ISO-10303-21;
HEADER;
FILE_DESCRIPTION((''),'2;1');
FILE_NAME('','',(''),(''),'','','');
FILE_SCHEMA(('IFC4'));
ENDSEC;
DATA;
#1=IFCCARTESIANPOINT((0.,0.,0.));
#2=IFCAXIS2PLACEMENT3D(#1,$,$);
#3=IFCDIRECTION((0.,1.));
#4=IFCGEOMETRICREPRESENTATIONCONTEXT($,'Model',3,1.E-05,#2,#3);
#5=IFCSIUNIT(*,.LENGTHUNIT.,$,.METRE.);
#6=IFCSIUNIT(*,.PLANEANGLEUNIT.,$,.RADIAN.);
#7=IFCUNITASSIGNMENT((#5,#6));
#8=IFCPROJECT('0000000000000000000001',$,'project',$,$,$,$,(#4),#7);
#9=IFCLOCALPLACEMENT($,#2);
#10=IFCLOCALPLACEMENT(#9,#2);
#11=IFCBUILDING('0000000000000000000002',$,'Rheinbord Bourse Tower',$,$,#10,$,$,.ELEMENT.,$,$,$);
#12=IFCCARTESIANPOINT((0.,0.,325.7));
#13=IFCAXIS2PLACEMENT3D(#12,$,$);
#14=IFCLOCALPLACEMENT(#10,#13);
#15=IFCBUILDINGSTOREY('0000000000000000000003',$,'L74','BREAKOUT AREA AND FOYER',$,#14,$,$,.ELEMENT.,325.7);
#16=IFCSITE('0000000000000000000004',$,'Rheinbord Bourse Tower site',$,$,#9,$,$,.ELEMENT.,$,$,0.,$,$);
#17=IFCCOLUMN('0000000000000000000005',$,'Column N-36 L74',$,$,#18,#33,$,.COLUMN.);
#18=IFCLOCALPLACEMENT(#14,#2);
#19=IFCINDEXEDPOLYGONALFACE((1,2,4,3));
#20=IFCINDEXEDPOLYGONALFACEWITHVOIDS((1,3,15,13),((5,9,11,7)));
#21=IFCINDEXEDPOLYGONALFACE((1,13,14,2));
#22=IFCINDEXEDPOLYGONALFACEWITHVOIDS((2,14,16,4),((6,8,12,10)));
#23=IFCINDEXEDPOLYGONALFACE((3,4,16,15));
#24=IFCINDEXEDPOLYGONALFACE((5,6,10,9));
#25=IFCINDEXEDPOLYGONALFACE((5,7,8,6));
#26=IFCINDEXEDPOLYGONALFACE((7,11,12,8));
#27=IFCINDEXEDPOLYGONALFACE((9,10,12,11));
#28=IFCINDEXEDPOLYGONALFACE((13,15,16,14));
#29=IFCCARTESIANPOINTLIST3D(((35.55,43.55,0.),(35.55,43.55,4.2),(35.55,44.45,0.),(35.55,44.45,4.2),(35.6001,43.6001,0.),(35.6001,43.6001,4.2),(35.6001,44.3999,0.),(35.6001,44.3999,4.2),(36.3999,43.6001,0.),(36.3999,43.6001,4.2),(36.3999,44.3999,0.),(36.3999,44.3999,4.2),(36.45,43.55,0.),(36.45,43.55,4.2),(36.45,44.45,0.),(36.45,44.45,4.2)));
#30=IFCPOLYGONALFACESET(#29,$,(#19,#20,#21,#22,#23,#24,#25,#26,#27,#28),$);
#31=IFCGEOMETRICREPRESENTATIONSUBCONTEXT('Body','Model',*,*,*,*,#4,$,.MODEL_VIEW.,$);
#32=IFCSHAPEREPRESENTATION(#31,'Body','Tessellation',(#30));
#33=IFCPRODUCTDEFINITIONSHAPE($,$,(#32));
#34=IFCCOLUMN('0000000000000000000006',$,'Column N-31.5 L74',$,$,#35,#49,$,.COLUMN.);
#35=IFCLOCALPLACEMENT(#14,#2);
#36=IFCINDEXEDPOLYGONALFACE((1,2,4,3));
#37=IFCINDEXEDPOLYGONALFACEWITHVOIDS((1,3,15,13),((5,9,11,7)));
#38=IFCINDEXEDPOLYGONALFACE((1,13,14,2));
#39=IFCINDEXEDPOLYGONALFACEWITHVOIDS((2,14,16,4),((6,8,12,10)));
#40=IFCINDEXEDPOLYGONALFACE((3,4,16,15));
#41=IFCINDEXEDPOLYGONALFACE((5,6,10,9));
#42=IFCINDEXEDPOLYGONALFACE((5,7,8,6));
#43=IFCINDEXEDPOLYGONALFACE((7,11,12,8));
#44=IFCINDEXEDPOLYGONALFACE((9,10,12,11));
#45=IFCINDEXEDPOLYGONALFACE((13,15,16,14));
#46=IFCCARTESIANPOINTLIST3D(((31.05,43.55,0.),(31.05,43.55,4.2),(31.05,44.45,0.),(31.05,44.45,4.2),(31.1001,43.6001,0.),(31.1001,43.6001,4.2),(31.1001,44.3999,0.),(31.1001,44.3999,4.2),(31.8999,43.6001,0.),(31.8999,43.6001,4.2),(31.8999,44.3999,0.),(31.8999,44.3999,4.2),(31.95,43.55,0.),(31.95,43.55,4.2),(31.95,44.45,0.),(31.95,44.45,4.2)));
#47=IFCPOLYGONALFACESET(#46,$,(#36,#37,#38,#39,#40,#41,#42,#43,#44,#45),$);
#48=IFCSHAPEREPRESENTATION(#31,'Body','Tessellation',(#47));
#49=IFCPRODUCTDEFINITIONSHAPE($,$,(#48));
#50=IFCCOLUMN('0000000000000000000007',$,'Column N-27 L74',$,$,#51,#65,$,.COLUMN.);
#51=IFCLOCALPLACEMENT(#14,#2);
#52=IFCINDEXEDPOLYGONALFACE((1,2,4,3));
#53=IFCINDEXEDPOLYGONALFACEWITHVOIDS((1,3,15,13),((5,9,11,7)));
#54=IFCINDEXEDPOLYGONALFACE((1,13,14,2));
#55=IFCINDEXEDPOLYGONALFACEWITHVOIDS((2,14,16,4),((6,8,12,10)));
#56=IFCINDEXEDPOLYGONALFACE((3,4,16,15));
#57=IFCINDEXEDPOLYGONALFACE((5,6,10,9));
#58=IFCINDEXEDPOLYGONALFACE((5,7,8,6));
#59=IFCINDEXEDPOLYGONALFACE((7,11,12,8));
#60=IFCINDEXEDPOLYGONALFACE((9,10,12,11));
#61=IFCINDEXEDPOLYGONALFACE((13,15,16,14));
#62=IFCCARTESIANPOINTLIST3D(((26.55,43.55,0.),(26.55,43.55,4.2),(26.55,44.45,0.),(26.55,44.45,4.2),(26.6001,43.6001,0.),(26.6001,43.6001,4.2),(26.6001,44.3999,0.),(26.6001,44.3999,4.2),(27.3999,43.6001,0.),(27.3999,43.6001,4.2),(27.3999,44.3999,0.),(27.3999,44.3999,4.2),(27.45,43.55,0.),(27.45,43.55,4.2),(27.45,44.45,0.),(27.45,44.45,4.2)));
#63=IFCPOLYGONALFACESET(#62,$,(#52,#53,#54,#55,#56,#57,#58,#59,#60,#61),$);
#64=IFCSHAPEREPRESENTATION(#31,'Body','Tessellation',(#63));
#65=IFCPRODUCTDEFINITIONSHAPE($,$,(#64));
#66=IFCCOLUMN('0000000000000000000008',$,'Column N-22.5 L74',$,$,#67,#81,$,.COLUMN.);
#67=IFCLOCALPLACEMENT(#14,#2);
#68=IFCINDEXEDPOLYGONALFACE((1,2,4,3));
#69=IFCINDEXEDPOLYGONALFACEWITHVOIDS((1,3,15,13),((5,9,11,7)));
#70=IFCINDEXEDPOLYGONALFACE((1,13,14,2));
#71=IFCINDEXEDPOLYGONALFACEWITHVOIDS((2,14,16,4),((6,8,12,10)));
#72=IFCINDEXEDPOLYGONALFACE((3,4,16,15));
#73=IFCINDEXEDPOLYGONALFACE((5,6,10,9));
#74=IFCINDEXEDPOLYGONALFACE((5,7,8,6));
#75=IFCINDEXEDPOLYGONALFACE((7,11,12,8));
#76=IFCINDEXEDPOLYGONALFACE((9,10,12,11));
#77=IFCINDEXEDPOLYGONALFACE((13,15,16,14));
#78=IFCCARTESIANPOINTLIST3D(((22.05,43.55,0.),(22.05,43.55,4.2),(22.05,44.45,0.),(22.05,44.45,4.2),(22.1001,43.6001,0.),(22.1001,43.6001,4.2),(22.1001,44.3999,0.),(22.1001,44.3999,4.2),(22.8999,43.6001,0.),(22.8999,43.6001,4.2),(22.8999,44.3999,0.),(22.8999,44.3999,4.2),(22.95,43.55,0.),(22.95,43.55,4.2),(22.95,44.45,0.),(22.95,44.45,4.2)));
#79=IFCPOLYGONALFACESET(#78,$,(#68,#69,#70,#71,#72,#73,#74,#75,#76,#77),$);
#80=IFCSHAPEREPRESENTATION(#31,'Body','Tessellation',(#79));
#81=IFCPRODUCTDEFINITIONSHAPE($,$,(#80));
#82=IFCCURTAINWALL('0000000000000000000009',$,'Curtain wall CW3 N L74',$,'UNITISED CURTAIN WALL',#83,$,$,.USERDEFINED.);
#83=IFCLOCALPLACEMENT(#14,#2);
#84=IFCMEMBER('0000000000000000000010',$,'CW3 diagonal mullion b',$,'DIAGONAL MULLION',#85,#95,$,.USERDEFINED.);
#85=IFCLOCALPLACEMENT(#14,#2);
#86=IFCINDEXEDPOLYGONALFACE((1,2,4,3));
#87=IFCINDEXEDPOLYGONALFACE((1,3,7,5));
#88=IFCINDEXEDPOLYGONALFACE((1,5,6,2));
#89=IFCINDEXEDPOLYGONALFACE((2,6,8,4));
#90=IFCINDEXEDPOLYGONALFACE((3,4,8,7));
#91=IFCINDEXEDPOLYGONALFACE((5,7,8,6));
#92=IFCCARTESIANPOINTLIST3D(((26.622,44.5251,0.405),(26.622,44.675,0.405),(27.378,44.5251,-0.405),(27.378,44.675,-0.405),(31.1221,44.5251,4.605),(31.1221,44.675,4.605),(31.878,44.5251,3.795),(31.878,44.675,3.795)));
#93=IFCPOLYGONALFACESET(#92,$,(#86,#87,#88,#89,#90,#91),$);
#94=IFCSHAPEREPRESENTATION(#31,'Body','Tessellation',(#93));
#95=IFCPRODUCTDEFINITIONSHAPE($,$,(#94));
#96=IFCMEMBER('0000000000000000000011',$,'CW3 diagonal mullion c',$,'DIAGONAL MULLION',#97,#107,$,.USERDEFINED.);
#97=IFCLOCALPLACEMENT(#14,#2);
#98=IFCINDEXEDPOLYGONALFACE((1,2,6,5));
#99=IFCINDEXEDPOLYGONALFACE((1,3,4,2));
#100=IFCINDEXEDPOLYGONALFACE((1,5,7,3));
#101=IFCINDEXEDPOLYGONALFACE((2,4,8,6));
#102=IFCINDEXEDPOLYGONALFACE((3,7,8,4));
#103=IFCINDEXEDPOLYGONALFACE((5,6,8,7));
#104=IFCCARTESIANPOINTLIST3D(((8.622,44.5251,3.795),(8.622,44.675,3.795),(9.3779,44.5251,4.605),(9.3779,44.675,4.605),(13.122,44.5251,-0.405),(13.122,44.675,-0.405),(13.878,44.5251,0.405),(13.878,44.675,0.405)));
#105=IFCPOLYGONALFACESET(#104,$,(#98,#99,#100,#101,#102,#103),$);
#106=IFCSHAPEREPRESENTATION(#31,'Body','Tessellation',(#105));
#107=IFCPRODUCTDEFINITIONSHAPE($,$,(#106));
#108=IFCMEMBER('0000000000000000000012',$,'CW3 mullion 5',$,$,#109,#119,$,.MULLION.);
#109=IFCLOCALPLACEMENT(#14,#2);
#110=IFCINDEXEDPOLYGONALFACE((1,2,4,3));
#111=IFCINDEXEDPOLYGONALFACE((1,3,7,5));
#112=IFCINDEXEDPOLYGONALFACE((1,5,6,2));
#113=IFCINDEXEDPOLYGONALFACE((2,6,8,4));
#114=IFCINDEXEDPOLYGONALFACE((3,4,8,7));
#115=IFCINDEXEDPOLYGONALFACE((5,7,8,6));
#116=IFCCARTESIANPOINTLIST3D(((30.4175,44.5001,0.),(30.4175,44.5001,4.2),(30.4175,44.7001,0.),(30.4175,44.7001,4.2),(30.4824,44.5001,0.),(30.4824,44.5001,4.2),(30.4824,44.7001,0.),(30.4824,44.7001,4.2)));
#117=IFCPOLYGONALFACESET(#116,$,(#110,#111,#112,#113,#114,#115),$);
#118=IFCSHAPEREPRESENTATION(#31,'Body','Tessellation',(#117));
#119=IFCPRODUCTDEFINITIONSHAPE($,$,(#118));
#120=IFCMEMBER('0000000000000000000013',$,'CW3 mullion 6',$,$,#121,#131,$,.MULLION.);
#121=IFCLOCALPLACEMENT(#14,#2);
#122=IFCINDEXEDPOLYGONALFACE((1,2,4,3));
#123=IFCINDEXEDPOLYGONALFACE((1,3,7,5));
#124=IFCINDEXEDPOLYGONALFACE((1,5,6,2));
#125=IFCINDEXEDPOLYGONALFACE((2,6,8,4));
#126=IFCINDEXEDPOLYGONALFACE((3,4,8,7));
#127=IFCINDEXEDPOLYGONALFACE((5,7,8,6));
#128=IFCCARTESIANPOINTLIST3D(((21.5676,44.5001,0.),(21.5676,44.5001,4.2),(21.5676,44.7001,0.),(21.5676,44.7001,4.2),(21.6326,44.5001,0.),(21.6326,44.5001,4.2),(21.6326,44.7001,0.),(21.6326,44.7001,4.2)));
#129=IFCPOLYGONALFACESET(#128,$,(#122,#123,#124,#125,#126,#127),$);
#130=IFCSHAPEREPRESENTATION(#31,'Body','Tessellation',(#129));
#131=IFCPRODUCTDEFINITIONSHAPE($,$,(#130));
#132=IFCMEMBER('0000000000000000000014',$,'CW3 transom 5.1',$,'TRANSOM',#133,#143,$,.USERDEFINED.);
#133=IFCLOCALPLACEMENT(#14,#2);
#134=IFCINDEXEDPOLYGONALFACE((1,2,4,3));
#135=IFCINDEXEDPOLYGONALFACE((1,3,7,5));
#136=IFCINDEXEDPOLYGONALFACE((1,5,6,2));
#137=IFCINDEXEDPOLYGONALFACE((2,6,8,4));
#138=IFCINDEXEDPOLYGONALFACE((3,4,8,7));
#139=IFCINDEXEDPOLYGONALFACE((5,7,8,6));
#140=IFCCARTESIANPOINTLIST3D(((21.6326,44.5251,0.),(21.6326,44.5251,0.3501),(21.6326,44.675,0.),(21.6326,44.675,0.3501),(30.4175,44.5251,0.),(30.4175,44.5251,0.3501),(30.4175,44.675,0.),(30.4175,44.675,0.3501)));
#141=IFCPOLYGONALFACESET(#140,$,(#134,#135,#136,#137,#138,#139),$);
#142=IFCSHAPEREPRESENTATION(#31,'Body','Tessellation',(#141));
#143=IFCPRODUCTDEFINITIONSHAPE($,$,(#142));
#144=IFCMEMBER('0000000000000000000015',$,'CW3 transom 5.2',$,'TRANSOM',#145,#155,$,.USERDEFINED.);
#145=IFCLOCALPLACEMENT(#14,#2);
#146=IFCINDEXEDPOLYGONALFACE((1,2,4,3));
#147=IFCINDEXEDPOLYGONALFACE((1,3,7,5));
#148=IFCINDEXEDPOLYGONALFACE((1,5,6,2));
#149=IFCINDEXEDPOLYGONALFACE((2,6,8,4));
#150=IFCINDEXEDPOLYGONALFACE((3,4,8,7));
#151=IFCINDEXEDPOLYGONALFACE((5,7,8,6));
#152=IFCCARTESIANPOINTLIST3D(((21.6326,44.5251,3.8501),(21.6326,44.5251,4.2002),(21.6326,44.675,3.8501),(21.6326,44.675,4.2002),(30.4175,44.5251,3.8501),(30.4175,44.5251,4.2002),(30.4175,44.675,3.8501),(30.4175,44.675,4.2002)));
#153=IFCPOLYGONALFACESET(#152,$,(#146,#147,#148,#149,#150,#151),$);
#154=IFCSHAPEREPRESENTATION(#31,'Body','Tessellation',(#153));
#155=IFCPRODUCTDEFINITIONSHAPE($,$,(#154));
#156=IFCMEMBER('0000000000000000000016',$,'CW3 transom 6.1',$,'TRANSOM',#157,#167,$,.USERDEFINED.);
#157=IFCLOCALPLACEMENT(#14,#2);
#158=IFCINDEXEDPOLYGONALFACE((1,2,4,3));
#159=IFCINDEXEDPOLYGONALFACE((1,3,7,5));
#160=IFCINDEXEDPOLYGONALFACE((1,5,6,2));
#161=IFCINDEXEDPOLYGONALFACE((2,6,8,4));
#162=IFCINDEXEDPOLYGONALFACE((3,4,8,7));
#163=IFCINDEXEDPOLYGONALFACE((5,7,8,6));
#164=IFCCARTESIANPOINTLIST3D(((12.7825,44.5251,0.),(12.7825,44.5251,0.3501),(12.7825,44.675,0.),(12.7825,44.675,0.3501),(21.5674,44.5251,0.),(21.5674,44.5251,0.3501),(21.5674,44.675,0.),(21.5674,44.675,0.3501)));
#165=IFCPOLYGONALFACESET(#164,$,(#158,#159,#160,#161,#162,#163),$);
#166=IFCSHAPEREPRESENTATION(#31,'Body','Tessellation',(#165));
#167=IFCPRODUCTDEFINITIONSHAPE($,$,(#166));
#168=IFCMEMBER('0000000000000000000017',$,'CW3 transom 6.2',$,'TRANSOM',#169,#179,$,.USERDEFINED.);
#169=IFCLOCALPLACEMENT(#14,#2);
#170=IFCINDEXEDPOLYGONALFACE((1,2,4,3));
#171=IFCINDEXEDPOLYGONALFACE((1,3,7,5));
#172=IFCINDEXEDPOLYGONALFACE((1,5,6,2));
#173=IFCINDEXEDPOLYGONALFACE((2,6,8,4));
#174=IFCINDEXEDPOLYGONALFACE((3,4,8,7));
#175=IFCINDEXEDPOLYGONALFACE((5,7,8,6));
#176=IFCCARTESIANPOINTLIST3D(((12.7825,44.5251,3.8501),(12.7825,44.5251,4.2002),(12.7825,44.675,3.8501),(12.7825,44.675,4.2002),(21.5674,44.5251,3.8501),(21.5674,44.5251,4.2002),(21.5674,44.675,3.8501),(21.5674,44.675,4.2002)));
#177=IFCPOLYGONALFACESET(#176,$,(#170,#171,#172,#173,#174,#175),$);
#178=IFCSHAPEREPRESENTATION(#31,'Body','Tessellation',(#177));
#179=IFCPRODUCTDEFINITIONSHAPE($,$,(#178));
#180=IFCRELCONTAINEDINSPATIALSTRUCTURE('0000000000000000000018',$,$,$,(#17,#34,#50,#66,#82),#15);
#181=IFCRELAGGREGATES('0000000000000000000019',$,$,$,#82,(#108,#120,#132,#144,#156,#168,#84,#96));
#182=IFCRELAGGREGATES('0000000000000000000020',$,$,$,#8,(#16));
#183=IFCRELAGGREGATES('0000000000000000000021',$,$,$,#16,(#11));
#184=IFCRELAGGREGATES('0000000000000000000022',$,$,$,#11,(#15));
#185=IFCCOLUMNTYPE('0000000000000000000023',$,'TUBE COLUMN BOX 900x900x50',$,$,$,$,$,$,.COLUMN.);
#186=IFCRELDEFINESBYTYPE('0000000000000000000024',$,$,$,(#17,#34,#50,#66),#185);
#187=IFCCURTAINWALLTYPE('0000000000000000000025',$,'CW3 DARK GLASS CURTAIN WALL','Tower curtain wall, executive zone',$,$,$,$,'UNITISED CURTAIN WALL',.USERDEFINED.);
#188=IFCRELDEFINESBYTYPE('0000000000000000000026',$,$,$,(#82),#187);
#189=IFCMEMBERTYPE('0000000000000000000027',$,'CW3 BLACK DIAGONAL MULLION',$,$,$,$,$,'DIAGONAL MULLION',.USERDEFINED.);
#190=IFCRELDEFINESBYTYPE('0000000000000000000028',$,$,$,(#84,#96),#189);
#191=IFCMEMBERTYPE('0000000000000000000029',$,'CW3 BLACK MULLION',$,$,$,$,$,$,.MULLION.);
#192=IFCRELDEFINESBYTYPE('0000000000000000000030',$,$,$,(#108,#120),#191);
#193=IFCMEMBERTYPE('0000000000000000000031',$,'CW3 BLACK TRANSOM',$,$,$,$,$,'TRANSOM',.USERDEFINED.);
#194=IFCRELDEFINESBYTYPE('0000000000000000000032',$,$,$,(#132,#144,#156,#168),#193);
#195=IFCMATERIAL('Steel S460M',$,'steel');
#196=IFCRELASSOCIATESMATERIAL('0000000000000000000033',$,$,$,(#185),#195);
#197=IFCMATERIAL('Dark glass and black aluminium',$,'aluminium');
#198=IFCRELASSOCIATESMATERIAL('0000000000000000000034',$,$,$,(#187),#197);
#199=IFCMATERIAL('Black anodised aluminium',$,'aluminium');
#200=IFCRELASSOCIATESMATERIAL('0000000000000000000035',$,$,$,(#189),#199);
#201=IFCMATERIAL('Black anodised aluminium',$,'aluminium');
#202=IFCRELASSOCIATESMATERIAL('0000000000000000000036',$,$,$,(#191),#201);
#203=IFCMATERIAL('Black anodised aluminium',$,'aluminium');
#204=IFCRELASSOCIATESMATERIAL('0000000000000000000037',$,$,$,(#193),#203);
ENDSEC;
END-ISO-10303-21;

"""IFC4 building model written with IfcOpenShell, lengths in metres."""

from ifc_helpers import new_model, si_unit, direction, frame, origin, origin_2d, place, context, subcontext, project, spatial, rectangle, hollow_rectangle, extrude, material, material_profile, profile_set, type_object, element, aggregate, save


model = new_model("IFC4")

# Units and contexts
model_context = context("Model", 3, precision=1e-05, world=origin(), true_north=direction((0.0, 1.0)))
body_context = subcontext(model_context, "Body", "Model", "MODEL_VIEW")
ifc_project = project(units=[si_unit("LENGTHUNIT", "METRE"), si_unit("PLANEANGLEUNIT", "RADIAN")], contexts=[model_context])

# Site, building, storey
site_placement = place(None, origin())
site = spatial("IfcSite", under=ifc_project, at=site_placement, Name="Rheinbord Bourse Tower site", CompositionType="ELEMENT", RefElevation=0.0)
building_placement = place(site_placement, origin())
building = spatial("IfcBuilding", under=site, at=building_placement, Name="Rheinbord Bourse Tower", CompositionType="ELEMENT")
storey_placement = place(building_placement, frame((0.0, 0.0, 325.7)))
storey = spatial("IfcBuildingStorey", under=building, at=storey_placement, Name="L74", Description="BREAKOUT AREA AND FOYER", CompositionType="ELEMENT", Elevation=325.7)

# Columns
ifc_material_1 = material(Name="Steel S460M", Category="steel")
ifc_material_profile_1 = material_profile(ifc_material_1, hollow_rectangle(XDim=0.8999, YDim=0.8999, WallThickness=0.05, at=origin_2d()), Name="BOX 900x900x50")
ifc_profile_set_1 = profile_set([ifc_material_profile_1], Name="Steel S460M")
column_type = type_object("IfcColumnType", Name="TUBE COLUMN BOX 900x900x50", PredefinedType="COLUMN", material=ifc_profile_set_1)
for number, where, z_axis, x_axis, name in (
    (1, (36.0, 44.0, 0.0), (0.0, 0.0, 1.0), (0.0, 1.0, 0.0), "Column N-36 L74"),
    (2, (31.5, 44.0, 0.0), (0.0, 0.0, 1.0), (0.0, 1.0, 0.0), "Column N-31.5 L74"),
    (3, (27.0, 44.0, 0.0), (0.0, 0.0, 1.0), (0.0, 1.0, 0.0), "Column N-27 L74"),
    (4, (22.5, 44.0, 0.0), (0.0, 0.0, 1.0), (0.0, 1.0, 0.0), "Column N-22.5 L74"),
):
    element("IfcColumn", number, at=place(storey_placement, frame(where, z_axis=z_axis, x_axis=x_axis)), inside=storey, type_object=column_type, Name=name, PredefinedType="COLUMN", context=body_context, shape_type="SweptSolid", body=[
        extrude(hollow_rectangle(XDim=0.8999, YDim=0.8999, WallThickness=0.05, at=origin_2d()), origin(), (0.0, 0.0, 1.0), 4.2),
    ])

# Curtain wall, members
ifc_material_2 = material(Name="Dark glass and black aluminium", Category="aluminium")
curtain_wall_type = type_object("IfcCurtainWallType", Name="CW3 DARK GLASS CURTAIN WALL", Description="Tower curtain wall, executive zone", ElementType="UNITISED CURTAIN WALL", PredefinedType="USERDEFINED", material=ifc_material_2)
curtain_wall_placement = place(storey_placement, origin())
curtain_wall = element("IfcCurtainWall", 5, at=curtain_wall_placement, inside=storey, type_object=curtain_wall_type, Name="Curtain wall CW3 N L74", ObjectType="UNITISED CURTAIN WALL", PredefinedType="USERDEFINED")
ifc_material_3 = material(Name="Black anodised aluminium", Category="aluminium")
ifc_material_profile_2 = material_profile(ifc_material_3, rectangle(XDim=0.1499, YDim=1.1079, at=origin_2d()), Name="CW3 DIAGONAL MULLION 1108x150")
ifc_profile_set_2 = profile_set([ifc_material_profile_2], Name="Black anodised aluminium")
member_type_1 = type_object("IfcMemberType", Name="CW3 BLACK DIAGONAL MULLION", ElementType="DIAGONAL MULLION", PredefinedType="USERDEFINED", material=ifc_profile_set_2)
member_1_placement = place(storey_placement, frame((27.0, 44.6001, 0.0), z_axis=(0.731059, 0.0, 0.682314), x_axis=(0.0, 1.0, 0.0)))
member_1 = element("IfcMember", 6, at=member_1_placement, type_object=member_type_1, Name="CW3 diagonal mullion b", ObjectType="DIAGONAL MULLION", PredefinedType="USERDEFINED", context=body_context, shape_type="SweptSolid", body=[
    extrude(rectangle(XDim=0.1499, YDim=1.1079, at=origin_2d()), origin(), (0.0, 0.0, 1.0), 6.1555),
])
member_2_placement = place(storey_placement, frame((13.5, 44.6001, 0.0), z_axis=(-0.731059, 0.0, 0.682314), x_axis=(0.0, -1.0, 0.0)))
member_2 = element("IfcMember", 7, at=member_2_placement, type_object=member_type_1, Name="CW3 diagonal mullion c", ObjectType="DIAGONAL MULLION", PredefinedType="USERDEFINED", context=body_context, shape_type="SweptSolid", body=[
    extrude(rectangle(XDim=0.1499, YDim=1.1079, at=origin_2d()), origin(), (0.0, 0.0, 1.0), 6.1555),
])
ifc_material_4 = material(Name="Black anodised aluminium", Category="aluminium")
ifc_material_profile_3 = material_profile(ifc_material_4, rectangle(XDim=0.2, YDim=0.0649, at=origin_2d()), Name="CW3 MULLION 65x200")
ifc_profile_set_3 = profile_set([ifc_material_profile_3], Name="Black anodised aluminium")
member_type_2 = type_object("IfcMemberType", Name="CW3 BLACK MULLION", PredefinedType="MULLION", material=ifc_profile_set_3)
member_3_placement = place(storey_placement, frame((30.45, 44.6001, 0.0), z_axis=(0.0, 0.0, 1.0), x_axis=(0.0, -1.0, 0.0)))
member_3 = element("IfcMember", 8, at=member_3_placement, type_object=member_type_2, Name="CW3 mullion 5", PredefinedType="MULLION", context=body_context, shape_type="SweptSolid", body=[
    extrude(rectangle(XDim=0.2, YDim=0.0649, at=origin_2d()), origin(), (0.0, 0.0, 1.0), 4.2),
])
member_4_placement = place(storey_placement, frame((21.6001, 44.6001, 0.0), z_axis=(0.0, 0.0, 1.0), x_axis=(0.0, -1.0, 0.0)))
member_4 = element("IfcMember", 9, at=member_4_placement, type_object=member_type_2, Name="CW3 mullion 6", PredefinedType="MULLION", context=body_context, shape_type="SweptSolid", body=[
    extrude(rectangle(XDim=0.2, YDim=0.0649, at=origin_2d()), origin(), (0.0, 0.0, 1.0), 4.2),
])
ifc_material_5 = material(Name="Black anodised aluminium", Category="aluminium")
ifc_material_profile_4 = material_profile(ifc_material_5, rectangle(XDim=0.1499, YDim=0.3501, at=origin_2d()), Name="CW3 TRANSOM 350x150")
ifc_profile_set_4 = profile_set([ifc_material_profile_4], Name="Black anodised aluminium")
member_type_3 = type_object("IfcMemberType", Name="CW3 BLACK TRANSOM", ElementType="TRANSOM", PredefinedType="USERDEFINED", material=ifc_profile_set_4)
member_5_placement = place(storey_placement, frame((30.4175, 44.6001, 0.175), z_axis=(-1.0, 0.0, 0.0), x_axis=(0.0, -1.0, 0.0)))
member_5 = element("IfcMember", 10, at=member_5_placement, type_object=member_type_3, Name="CW3 transom 5.1", ObjectType="TRANSOM", PredefinedType="USERDEFINED", context=body_context, shape_type="SweptSolid", body=[
    extrude(rectangle(XDim=0.1499, YDim=0.3501, at=origin_2d()), origin(), (0.0, 0.0, 1.0), 8.7849),
])
member_6_placement = place(storey_placement, frame((30.4175, 44.6001, 4.0251), z_axis=(-1.0, 0.0, 0.0), x_axis=(0.0, -1.0, 0.0)))
member_6 = element("IfcMember", 11, at=member_6_placement, type_object=member_type_3, Name="CW3 transom 5.2", ObjectType="TRANSOM", PredefinedType="USERDEFINED", context=body_context, shape_type="SweptSolid", body=[
    extrude(rectangle(XDim=0.1499, YDim=0.3501, at=origin_2d()), origin(), (0.0, 0.0, 1.0), 8.7849),
])
member_7_placement = place(storey_placement, frame((21.5674, 44.6001, 0.175), z_axis=(-1.0, 0.0, 0.0), x_axis=(0.0, -1.0, 0.0)))
member_7 = element("IfcMember", 12, at=member_7_placement, type_object=member_type_3, Name="CW3 transom 6.1", ObjectType="TRANSOM", PredefinedType="USERDEFINED", context=body_context, shape_type="SweptSolid", body=[
    extrude(rectangle(XDim=0.1499, YDim=0.3501, at=origin_2d()), origin(), (0.0, 0.0, 1.0), 8.7849),
])
member_8_placement = place(storey_placement, frame((21.5674, 44.6001, 4.0251), z_axis=(-1.0, 0.0, 0.0), x_axis=(0.0, -1.0, 0.0)))
member_8 = element("IfcMember", 13, at=member_8_placement, type_object=member_type_3, Name="CW3 transom 6.2", ObjectType="TRANSOM", PredefinedType="USERDEFINED", context=body_context, shape_type="SweptSolid", body=[
    extrude(rectangle(XDim=0.1499, YDim=0.3501, at=origin_2d()), origin(), (0.0, 0.0, 1.0), 8.7849),
])

aggregate(curtain_wall, [member_3, member_4, member_5, member_6, member_7, member_8, member_1, member_2])

save(model, "model.ifc")
